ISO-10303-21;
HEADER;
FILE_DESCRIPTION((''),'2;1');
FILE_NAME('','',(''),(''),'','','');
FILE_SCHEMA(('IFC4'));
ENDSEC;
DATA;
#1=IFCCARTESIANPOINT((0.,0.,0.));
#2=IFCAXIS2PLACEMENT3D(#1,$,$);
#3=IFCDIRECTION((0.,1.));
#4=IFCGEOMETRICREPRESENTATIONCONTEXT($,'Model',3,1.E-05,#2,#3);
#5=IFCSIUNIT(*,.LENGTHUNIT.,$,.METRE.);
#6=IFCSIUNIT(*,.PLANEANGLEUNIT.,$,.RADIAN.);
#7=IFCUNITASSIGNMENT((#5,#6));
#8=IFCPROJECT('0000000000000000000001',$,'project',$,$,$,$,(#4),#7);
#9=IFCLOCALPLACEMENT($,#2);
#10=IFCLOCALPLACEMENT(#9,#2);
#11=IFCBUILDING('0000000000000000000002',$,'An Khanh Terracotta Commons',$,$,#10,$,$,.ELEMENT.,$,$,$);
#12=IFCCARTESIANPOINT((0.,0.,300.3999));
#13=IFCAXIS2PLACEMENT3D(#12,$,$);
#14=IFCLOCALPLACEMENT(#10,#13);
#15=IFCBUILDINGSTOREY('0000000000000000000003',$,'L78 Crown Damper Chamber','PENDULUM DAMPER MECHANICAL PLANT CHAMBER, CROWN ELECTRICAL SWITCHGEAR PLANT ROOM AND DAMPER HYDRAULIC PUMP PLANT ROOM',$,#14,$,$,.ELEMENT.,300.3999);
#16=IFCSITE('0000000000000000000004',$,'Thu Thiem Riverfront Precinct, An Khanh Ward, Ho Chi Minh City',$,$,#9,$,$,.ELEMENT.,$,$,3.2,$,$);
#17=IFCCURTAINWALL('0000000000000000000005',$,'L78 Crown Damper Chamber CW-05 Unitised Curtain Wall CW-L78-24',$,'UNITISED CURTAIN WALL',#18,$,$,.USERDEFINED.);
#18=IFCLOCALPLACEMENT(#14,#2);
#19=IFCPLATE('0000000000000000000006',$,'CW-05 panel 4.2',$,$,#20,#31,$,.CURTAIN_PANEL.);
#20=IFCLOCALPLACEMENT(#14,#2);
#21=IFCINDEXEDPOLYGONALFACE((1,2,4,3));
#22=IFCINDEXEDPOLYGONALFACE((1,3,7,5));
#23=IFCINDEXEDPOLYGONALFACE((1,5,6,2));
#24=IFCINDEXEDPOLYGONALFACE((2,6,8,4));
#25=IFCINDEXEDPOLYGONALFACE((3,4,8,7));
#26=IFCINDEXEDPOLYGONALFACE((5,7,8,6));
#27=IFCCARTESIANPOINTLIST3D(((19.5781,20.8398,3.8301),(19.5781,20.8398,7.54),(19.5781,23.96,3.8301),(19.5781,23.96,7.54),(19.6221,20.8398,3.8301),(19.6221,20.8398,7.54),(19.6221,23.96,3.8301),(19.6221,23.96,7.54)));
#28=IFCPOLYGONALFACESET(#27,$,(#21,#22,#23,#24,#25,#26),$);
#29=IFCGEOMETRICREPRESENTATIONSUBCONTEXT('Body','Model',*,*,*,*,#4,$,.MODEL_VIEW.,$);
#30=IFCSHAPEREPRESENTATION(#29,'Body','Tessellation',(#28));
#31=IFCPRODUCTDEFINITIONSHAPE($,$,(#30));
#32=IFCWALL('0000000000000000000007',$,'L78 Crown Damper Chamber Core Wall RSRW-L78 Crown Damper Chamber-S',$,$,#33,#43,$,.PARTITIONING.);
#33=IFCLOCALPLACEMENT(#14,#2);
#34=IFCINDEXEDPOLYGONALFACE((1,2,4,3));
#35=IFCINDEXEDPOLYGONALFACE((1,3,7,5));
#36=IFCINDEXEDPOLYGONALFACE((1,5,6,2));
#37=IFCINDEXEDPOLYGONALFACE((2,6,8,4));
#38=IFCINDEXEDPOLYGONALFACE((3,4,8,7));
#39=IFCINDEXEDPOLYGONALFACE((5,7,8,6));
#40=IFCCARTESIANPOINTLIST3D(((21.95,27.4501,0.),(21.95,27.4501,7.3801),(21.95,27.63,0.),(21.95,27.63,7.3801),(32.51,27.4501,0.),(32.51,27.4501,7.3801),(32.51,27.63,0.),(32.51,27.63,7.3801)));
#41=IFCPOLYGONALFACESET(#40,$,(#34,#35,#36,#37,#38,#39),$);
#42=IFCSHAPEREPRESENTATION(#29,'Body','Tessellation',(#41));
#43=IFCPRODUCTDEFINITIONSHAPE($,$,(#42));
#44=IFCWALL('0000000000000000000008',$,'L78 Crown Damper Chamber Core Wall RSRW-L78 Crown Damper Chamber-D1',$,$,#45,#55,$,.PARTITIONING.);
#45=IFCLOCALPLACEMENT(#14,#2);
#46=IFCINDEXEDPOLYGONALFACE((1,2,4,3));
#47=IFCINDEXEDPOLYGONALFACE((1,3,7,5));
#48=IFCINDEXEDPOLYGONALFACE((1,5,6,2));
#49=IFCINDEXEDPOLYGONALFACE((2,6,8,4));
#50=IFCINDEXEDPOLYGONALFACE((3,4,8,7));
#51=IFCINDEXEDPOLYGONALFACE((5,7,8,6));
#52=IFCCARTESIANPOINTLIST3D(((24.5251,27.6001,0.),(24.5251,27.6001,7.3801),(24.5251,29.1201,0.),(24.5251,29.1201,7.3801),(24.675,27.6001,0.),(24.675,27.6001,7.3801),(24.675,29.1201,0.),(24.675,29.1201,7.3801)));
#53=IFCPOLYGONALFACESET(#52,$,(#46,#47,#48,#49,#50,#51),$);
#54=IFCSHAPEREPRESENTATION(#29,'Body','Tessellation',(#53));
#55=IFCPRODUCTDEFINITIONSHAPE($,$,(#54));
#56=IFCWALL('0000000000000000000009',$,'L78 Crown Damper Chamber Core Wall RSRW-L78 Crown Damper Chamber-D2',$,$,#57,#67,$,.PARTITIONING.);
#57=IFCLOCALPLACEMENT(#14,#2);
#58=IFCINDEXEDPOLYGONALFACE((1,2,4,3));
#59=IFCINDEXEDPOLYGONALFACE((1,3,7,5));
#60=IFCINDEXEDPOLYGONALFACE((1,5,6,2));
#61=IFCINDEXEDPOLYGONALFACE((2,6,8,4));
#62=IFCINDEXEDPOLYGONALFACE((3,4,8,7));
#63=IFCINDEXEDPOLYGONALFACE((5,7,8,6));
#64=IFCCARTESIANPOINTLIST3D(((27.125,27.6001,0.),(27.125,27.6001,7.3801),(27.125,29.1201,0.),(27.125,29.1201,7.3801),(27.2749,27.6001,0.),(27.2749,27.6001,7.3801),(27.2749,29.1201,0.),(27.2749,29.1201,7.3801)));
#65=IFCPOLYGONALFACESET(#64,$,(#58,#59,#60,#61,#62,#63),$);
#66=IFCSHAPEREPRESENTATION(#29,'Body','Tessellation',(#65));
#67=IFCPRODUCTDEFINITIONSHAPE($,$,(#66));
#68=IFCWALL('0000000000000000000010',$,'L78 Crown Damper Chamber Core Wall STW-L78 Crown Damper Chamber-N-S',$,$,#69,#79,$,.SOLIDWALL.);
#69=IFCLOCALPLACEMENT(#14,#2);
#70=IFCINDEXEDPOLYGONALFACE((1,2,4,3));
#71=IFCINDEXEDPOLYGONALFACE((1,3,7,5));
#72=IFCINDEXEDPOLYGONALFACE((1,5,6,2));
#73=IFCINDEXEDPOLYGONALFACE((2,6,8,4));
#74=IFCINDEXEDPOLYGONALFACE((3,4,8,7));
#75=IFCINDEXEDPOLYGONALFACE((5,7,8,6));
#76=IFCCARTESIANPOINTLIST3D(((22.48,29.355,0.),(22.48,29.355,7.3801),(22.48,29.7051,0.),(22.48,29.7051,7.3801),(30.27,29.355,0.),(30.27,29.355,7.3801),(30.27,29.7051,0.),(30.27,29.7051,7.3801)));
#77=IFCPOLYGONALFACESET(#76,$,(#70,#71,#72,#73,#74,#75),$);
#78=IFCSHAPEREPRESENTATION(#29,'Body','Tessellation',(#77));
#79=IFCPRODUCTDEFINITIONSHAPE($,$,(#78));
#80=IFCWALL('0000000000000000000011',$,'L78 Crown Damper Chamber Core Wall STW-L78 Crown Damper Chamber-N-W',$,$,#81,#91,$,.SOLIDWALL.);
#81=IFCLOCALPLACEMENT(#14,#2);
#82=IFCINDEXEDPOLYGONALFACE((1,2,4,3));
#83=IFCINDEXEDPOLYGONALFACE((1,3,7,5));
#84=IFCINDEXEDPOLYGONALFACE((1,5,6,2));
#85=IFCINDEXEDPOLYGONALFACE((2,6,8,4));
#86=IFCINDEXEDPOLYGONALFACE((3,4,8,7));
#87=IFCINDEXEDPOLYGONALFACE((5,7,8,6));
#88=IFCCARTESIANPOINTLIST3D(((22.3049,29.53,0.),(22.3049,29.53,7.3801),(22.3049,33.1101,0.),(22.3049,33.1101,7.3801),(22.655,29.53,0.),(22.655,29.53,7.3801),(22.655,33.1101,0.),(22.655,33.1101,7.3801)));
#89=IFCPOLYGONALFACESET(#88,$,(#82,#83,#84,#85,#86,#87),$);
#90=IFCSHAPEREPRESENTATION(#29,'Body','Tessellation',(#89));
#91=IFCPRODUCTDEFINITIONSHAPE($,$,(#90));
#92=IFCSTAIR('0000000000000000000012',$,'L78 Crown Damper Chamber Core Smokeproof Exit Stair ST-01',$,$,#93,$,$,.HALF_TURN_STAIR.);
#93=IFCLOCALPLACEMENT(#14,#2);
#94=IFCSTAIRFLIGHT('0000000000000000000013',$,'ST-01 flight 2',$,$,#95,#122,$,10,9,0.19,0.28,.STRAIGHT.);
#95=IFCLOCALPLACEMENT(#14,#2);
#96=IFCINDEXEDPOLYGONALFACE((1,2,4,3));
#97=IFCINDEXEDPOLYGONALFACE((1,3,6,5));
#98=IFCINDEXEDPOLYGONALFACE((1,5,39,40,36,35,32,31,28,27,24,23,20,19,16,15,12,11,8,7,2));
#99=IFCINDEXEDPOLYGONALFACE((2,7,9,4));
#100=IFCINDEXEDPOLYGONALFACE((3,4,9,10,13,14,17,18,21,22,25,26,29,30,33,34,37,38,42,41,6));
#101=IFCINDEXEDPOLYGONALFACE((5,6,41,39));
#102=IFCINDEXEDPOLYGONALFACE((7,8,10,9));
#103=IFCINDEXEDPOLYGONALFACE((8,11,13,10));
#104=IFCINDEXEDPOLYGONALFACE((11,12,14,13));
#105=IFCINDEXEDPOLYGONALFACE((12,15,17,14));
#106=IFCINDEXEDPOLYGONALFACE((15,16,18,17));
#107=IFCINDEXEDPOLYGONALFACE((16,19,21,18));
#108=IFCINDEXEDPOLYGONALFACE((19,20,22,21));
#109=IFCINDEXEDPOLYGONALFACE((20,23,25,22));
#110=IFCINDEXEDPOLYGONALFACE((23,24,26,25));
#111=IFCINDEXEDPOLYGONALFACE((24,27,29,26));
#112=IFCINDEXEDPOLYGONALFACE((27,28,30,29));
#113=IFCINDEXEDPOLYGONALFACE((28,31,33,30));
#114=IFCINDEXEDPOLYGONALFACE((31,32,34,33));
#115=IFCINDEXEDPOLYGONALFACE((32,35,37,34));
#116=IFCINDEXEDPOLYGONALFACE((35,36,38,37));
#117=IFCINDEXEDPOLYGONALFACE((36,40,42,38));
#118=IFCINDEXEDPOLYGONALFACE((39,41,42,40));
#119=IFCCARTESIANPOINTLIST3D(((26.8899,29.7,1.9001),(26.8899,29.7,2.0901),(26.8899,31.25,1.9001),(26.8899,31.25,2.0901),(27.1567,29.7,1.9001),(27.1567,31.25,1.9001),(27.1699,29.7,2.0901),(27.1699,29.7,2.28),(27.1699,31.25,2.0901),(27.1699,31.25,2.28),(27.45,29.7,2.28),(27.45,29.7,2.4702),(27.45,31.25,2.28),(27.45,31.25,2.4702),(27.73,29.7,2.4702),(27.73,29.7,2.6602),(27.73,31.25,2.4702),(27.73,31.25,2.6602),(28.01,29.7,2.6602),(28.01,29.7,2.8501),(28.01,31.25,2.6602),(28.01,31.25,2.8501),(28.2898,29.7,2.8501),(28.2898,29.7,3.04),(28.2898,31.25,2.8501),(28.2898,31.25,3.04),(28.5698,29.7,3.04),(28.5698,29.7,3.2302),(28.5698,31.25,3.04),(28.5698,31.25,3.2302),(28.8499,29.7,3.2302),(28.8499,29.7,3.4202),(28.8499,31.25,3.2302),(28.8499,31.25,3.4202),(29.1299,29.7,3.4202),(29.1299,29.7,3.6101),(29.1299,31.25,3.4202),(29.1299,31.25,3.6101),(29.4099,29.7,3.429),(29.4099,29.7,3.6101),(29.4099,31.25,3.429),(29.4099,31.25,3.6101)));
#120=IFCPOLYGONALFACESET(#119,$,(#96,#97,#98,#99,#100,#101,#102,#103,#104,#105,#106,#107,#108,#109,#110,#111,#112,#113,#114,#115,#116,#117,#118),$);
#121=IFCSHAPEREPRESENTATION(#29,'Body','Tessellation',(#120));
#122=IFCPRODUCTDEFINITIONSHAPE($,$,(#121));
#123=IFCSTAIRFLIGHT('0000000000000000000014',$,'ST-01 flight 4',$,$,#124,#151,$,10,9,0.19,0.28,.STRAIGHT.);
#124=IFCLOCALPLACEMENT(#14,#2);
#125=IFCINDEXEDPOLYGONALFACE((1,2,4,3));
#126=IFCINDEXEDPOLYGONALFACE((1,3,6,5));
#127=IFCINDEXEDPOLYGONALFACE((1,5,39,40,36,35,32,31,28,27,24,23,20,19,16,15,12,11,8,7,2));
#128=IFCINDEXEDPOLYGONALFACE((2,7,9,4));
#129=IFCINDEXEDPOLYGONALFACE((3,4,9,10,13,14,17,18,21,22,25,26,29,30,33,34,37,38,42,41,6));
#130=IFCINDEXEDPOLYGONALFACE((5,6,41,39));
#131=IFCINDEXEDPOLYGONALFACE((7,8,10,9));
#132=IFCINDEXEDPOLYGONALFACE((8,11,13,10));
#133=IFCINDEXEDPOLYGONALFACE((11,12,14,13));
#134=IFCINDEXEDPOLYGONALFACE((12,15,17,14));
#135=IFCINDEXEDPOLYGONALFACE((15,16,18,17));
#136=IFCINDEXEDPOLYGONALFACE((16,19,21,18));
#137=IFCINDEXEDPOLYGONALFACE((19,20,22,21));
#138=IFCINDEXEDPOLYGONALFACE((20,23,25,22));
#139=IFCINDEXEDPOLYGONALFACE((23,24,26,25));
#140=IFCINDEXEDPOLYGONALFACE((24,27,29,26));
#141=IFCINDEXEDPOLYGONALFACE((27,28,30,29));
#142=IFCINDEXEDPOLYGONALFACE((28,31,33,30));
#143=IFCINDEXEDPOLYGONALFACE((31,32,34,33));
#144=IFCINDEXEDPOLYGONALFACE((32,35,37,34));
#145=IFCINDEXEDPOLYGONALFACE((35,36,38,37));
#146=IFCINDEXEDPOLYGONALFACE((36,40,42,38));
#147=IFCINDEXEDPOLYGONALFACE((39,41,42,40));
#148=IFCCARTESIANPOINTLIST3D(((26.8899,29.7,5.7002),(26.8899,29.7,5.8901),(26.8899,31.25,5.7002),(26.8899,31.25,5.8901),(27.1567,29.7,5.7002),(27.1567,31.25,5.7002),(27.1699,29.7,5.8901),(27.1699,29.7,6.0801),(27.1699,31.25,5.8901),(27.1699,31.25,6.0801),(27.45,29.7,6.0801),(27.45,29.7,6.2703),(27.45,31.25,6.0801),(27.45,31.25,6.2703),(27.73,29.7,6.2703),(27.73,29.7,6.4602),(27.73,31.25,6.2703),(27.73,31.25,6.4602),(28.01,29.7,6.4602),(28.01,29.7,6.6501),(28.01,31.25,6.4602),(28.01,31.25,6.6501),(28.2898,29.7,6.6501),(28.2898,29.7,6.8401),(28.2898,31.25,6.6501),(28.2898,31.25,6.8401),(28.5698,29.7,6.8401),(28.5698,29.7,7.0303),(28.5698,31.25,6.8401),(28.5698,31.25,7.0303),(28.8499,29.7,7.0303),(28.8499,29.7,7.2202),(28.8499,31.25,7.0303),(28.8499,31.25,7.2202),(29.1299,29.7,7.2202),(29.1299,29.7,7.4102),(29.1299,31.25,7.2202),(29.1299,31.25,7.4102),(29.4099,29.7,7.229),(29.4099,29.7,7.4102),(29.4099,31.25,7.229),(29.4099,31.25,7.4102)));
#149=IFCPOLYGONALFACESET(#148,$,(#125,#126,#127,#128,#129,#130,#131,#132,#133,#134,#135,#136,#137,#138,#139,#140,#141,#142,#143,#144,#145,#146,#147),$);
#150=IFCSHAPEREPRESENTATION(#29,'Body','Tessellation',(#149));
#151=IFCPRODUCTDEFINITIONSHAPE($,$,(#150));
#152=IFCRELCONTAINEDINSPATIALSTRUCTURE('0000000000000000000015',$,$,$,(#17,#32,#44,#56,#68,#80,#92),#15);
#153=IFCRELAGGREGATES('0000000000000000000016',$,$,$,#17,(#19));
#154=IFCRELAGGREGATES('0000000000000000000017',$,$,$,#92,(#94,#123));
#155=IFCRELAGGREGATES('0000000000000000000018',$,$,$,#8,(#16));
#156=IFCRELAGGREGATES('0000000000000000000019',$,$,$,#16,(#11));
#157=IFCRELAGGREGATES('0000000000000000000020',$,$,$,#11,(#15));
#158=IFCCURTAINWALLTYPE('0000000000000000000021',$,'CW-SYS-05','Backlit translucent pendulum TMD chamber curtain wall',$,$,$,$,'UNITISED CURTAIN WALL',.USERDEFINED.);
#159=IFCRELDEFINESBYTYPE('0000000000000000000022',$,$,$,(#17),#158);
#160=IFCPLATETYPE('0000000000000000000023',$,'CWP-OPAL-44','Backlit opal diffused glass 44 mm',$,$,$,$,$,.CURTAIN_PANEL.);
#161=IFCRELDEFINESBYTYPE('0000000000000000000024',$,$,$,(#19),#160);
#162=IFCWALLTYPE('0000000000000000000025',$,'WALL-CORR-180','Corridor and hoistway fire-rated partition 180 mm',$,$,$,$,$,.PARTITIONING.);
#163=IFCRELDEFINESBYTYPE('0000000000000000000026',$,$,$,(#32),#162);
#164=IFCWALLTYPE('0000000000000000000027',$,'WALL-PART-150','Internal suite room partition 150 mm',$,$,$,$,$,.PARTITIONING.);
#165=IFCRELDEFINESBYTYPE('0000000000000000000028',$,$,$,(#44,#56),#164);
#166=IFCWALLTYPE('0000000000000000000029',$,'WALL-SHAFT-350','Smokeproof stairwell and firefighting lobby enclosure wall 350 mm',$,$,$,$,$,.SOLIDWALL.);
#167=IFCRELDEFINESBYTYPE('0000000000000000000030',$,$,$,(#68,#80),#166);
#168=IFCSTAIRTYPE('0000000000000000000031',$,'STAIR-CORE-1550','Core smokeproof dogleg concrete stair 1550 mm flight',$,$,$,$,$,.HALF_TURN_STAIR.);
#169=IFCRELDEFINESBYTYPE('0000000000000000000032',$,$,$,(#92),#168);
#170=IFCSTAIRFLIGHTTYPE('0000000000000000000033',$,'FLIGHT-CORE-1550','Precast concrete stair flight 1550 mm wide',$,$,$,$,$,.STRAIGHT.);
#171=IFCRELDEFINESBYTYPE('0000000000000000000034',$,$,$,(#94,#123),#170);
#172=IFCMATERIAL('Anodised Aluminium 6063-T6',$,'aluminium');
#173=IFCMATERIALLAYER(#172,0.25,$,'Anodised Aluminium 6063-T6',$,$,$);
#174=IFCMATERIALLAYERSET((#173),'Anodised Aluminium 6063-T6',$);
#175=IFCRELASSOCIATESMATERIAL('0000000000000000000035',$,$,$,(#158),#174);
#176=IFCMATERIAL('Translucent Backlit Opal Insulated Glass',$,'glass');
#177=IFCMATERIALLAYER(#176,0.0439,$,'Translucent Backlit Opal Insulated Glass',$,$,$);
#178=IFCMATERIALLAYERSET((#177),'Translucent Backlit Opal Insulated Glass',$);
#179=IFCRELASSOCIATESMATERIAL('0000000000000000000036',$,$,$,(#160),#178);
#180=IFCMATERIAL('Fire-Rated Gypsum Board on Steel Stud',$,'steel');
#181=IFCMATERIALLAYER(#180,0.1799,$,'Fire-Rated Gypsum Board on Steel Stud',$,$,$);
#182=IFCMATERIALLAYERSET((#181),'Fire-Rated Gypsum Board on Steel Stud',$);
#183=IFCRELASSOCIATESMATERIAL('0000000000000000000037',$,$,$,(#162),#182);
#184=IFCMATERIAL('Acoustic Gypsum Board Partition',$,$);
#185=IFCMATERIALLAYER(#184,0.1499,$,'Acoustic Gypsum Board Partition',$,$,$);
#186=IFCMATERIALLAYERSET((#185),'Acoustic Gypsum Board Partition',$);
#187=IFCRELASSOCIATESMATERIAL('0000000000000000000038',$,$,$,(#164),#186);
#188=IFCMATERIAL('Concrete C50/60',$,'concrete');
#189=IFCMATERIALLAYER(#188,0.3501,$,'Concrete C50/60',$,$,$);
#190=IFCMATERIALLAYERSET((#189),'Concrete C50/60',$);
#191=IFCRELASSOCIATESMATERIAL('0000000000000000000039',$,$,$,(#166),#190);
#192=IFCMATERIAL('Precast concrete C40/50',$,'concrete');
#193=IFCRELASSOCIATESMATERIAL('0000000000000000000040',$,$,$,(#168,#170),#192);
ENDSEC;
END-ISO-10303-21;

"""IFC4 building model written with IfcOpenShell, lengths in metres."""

from ifc_helpers import new_model, si_unit, direction, frame, frame_2d, origin, origin_2d, place, context, subcontext, project, spatial, polyline, rectangle, outline, extrude, material, layer, layer_set, type_object, element, aggregate, save


model = new_model("IFC4")

# Units and contexts
model_context = context("Model", 3, precision=1e-05, world=origin(), true_north=direction((0.0, 1.0)))
body_context = subcontext(model_context, "Body", "Model", "MODEL_VIEW")
ifc_project = project(units=[si_unit("LENGTHUNIT", "METRE"), si_unit("PLANEANGLEUNIT", "RADIAN")], contexts=[model_context])

# Site, building, storey
site_placement = place(None, origin())
site = spatial("IfcSite", under=ifc_project, at=site_placement, Name="Thu Thiem Riverfront Precinct, An Khanh Ward, Ho Chi Minh City", CompositionType="ELEMENT", RefElevation=3.2)
building_placement = place(site_placement, origin())
building = spatial("IfcBuilding", under=site, at=building_placement, Name="An Khanh Terracotta Commons", CompositionType="ELEMENT")
storey_placement = place(building_placement, frame((0.0, 0.0, 300.3999)))
storey = spatial("IfcBuildingStorey", under=building, at=storey_placement, Name="L78 Crown Damper Chamber", Description="PENDULUM DAMPER MECHANICAL PLANT CHAMBER, CROWN ELECTRICAL SWITCHGEAR PLANT ROOM AND DAMPER HYDRAULIC PUMP PLANT ROOM", CompositionType="ELEMENT", Elevation=300.3999)

# Curtain wall, plate
ifc_material_1 = material(Name="Anodised Aluminium 6063-T6", Category="aluminium")
ifc_layer_1 = layer(ifc_material_1, 0.25, Name="Anodised Aluminium 6063-T6")
ifc_layer_set_1 = layer_set([ifc_layer_1], Name="Anodised Aluminium 6063-T6")
curtain_wall_type = type_object("IfcCurtainWallType", Name="CW-SYS-05", Description="Backlit translucent pendulum TMD chamber curtain wall", ElementType="UNITISED CURTAIN WALL", PredefinedType="USERDEFINED", material=ifc_layer_set_1)
curtain_wall_placement = place(storey_placement, origin())
curtain_wall = element("IfcCurtainWall", 1, at=curtain_wall_placement, inside=storey, type_object=curtain_wall_type, Name="L78 Crown Damper Chamber CW-05 Unitised Curtain Wall CW-L78-24", ObjectType="UNITISED CURTAIN WALL", PredefinedType="USERDEFINED")
ifc_material_2 = material(Name="Translucent Backlit Opal Insulated Glass", Category="glass")
ifc_layer_2 = layer(ifc_material_2, 0.0439, Name="Translucent Backlit Opal Insulated Glass")
ifc_layer_set_2 = layer_set([ifc_layer_2], Name="Translucent Backlit Opal Insulated Glass")
plate_type = type_object("IfcPlateType", Name="CWP-OPAL-44", Description="Backlit opal diffused glass 44 mm", PredefinedType="CURTAIN_PANEL", material=ifc_layer_set_2)
plate_1_placement = place(storey_placement, frame((19.6001, 22.3999, 3.8301), z_axis=(0.0, 0.0, 1.0), x_axis=(0.0, -1.0, 0.0)))
plate_1 = element("IfcPlate", 2, at=plate_1_placement, type_object=plate_type, Name="CW-05 panel 4.2", PredefinedType="CURTAIN_PANEL", context=body_context, shape_type="SweptSolid", body=[
    extrude(rectangle(XDim=3.1201, YDim=0.0439, at=origin_2d()), origin(), (0.0, 0.0, 1.0), 3.71),
])
aggregate(curtain_wall, [plate_1])

# Walls
ifc_material_3 = material(Name="Fire-Rated Gypsum Board on Steel Stud", Category="steel")
ifc_layer_3 = layer(ifc_material_3, 0.1799, Name="Fire-Rated Gypsum Board on Steel Stud")
ifc_layer_set_3 = layer_set([ifc_layer_3], Name="Fire-Rated Gypsum Board on Steel Stud")
wall_type_1 = type_object("IfcWallType", Name="WALL-CORR-180", Description="Corridor and hoistway fire-rated partition 180 mm", PredefinedType="PARTITIONING", material=ifc_layer_set_3)
wall_1_placement = place(storey_placement, frame((21.95, 27.54, 0.0), z_axis=(0.0, 0.0, 1.0), x_axis=(1.0, 0.0, 0.0)))
element("IfcWall", 3, at=wall_1_placement, inside=storey, type_object=wall_type_1, Name="L78 Crown Damper Chamber Core Wall RSRW-L78 Crown Damper Chamber-S", PredefinedType="PARTITIONING", context=body_context, shape_type="SweptSolid", body=[
    extrude(rectangle(XDim=10.5601, YDim=0.1799, at=frame_2d((5.28, 0.0))), origin(), (0.0, 0.0, 1.0), 7.3801),
])
ifc_material_4 = material(Name="Acoustic Gypsum Board Partition")
ifc_layer_4 = layer(ifc_material_4, 0.1499, Name="Acoustic Gypsum Board Partition")
ifc_layer_set_4 = layer_set([ifc_layer_4], Name="Acoustic Gypsum Board Partition")
wall_type_2 = type_object("IfcWallType", Name="WALL-PART-150", Description="Internal suite room partition 150 mm", PredefinedType="PARTITIONING", material=ifc_layer_set_4)
for number, where, z_axis, x_axis, name in (
    (4, (24.6001, 27.6001, 0.0), (0.0, 0.0, 1.0), (0.0, 1.0, 0.0), "L78 Crown Damper Chamber Core Wall RSRW-L78 Crown Damper Chamber-D1"),
    (5, (27.2, 27.6001, 0.0), (0.0, 0.0, 1.0), (0.0, 1.0, 0.0), "L78 Crown Damper Chamber Core Wall RSRW-L78 Crown Damper Chamber-D2"),
):
    element("IfcWall", number, at=place(storey_placement, frame(where, z_axis=z_axis, x_axis=x_axis)), inside=storey, type_object=wall_type_2, Name=name, PredefinedType="PARTITIONING", context=body_context, shape_type="SweptSolid", body=[
        extrude(rectangle(XDim=1.52, YDim=0.1499, at=frame_2d((0.76, 0.0))), origin(), (0.0, 0.0, 1.0), 7.3801),
    ])
ifc_material_5 = material(Name="Concrete C50/60", Category="concrete")
ifc_layer_5 = layer(ifc_material_5, 0.3501, Name="Concrete C50/60")
ifc_layer_set_5 = layer_set([ifc_layer_5], Name="Concrete C50/60")
wall_type_3 = type_object("IfcWallType", Name="WALL-SHAFT-350", Description="Smokeproof stairwell and firefighting lobby enclosure wall 350 mm", PredefinedType="SOLIDWALL", material=ifc_layer_set_5)
wall_2_placement = place(storey_placement, frame((22.48, 29.53, 0.0), z_axis=(0.0, 0.0, 1.0), x_axis=(1.0, 0.0, 0.0)))
element("IfcWall", 6, at=wall_2_placement, inside=storey, type_object=wall_type_3, Name="L78 Crown Damper Chamber Core Wall STW-L78 Crown Damper Chamber-N-S", PredefinedType="SOLIDWALL", context=body_context, shape_type="SweptSolid", body=[
    extrude(rectangle(XDim=7.79, YDim=0.3501, at=frame_2d((3.895, 0.0))), origin(), (0.0, 0.0, 1.0), 7.3801),
])
wall_3_placement = place(storey_placement, frame((22.48, 29.53, 0.0), z_axis=(0.0, 0.0, 1.0), x_axis=(0.0, 1.0, 0.0)))
element("IfcWall", 7, at=wall_3_placement, inside=storey, type_object=wall_type_3, Name="L78 Crown Damper Chamber Core Wall STW-L78 Crown Damper Chamber-N-W", PredefinedType="SOLIDWALL", context=body_context, shape_type="SweptSolid", body=[
    extrude(rectangle(XDim=3.5801, YDim=0.3501, at=frame_2d((1.79, 0.0))), origin(), (0.0, 0.0, 1.0), 7.3801),
])

# Stair, stair flights
ifc_material_6 = material(Name="Precast concrete C40/50", Category="concrete")
stair_type = type_object("IfcStairType", Name="STAIR-CORE-1550", Description="Core smokeproof dogleg concrete stair 1550 mm flight", PredefinedType="HALF_TURN_STAIR", material=ifc_material_6)
stair_placement = place(storey_placement, origin())
stair = element("IfcStair", 8, at=stair_placement, inside=storey, type_object=stair_type, Name="L78 Crown Damper Chamber Core Smokeproof Exit Stair ST-01", PredefinedType="HALF_TURN_STAIR")
stair_flight_type = type_object("IfcStairFlightType", Name="FLIGHT-CORE-1550", Description="Precast concrete stair flight 1550 mm wide", PredefinedType="STRAIGHT", material=ifc_material_6)
stair_flight_1_placement = place(storey_placement, frame((26.8899, 30.4751, 1.9001), z_axis=(0.0, 0.0, 1.0), x_axis=(1.0, 0.0, 0.0)))
stair_flight_1 = element("IfcStairFlight", 9, at=stair_flight_1_placement, type_object=stair_flight_type, Name="ST-01 flight 2", NumberOfRisers=10, NumberOfTreads=9, PredefinedType="STRAIGHT", RiserHeight=0.19, TreadLength=0.28, context=body_context, shape_type="SweptSolid", body=[
    extrude(outline(polyline([(0.0, 0.0), (0.0, 0.1899), (0.28, 0.1899), (0.28, 0.3799), (0.5601, 0.3799), (0.5601, 0.5701), (0.8401, 0.5701), (0.8401, 0.76), (1.1201, 0.76), (1.1201, 0.95), (1.3999, 0.95), (1.3999, 1.1399), (1.6799, 1.1399), (1.6799, 1.3301), (1.96, 1.3301), (1.96, 1.52), (2.24, 1.52), (2.24, 1.71), (2.52, 1.71), (2.52, 1.8999), (2.52, 1.5288), (0.2668, 0.0), (0.0, 0.0)])), frame((0.0, 0.7749, 0.0), z_axis=(0.0, -1.0, 0.0), x_axis=(1.0, 0.0, 0.0)), (0.0, 0.0, 1.0), 1.55),
])
stair_flight_2_placement = place(storey_placement, frame((26.8899, 30.4751, 5.7002), z_axis=(0.0, 0.0, 1.0), x_axis=(1.0, 0.0, 0.0)))
stair_flight_2 = element("IfcStairFlight", 10, at=stair_flight_2_placement, type_object=stair_flight_type, Name="ST-01 flight 4", NumberOfRisers=10, NumberOfTreads=9, PredefinedType="STRAIGHT", RiserHeight=0.19, TreadLength=0.28, context=body_context, shape_type="SweptSolid", body=[
    extrude(outline(polyline([(0.0, 0.0), (0.0, 0.1899), (0.28, 0.1899), (0.28, 0.3799), (0.5601, 0.3799), (0.5601, 0.5701), (0.8401, 0.5701), (0.8401, 0.76), (1.1201, 0.76), (1.1201, 0.95), (1.3999, 0.95), (1.3999, 1.1399), (1.6799, 1.1399), (1.6799, 1.3301), (1.96, 1.3301), (1.96, 1.52), (2.24, 1.52), (2.24, 1.71), (2.52, 1.71), (2.52, 1.8999), (2.52, 1.5288), (0.2668, 0.0), (0.0, 0.0)])), frame((0.0, 0.7749, 0.0), z_axis=(0.0, -1.0, 0.0), x_axis=(1.0, 0.0, 0.0)), (0.0, 0.0, 1.0), 1.55),
])
aggregate(stair, [stair_flight_1, stair_flight_2])

save(model, "model.ifc")
